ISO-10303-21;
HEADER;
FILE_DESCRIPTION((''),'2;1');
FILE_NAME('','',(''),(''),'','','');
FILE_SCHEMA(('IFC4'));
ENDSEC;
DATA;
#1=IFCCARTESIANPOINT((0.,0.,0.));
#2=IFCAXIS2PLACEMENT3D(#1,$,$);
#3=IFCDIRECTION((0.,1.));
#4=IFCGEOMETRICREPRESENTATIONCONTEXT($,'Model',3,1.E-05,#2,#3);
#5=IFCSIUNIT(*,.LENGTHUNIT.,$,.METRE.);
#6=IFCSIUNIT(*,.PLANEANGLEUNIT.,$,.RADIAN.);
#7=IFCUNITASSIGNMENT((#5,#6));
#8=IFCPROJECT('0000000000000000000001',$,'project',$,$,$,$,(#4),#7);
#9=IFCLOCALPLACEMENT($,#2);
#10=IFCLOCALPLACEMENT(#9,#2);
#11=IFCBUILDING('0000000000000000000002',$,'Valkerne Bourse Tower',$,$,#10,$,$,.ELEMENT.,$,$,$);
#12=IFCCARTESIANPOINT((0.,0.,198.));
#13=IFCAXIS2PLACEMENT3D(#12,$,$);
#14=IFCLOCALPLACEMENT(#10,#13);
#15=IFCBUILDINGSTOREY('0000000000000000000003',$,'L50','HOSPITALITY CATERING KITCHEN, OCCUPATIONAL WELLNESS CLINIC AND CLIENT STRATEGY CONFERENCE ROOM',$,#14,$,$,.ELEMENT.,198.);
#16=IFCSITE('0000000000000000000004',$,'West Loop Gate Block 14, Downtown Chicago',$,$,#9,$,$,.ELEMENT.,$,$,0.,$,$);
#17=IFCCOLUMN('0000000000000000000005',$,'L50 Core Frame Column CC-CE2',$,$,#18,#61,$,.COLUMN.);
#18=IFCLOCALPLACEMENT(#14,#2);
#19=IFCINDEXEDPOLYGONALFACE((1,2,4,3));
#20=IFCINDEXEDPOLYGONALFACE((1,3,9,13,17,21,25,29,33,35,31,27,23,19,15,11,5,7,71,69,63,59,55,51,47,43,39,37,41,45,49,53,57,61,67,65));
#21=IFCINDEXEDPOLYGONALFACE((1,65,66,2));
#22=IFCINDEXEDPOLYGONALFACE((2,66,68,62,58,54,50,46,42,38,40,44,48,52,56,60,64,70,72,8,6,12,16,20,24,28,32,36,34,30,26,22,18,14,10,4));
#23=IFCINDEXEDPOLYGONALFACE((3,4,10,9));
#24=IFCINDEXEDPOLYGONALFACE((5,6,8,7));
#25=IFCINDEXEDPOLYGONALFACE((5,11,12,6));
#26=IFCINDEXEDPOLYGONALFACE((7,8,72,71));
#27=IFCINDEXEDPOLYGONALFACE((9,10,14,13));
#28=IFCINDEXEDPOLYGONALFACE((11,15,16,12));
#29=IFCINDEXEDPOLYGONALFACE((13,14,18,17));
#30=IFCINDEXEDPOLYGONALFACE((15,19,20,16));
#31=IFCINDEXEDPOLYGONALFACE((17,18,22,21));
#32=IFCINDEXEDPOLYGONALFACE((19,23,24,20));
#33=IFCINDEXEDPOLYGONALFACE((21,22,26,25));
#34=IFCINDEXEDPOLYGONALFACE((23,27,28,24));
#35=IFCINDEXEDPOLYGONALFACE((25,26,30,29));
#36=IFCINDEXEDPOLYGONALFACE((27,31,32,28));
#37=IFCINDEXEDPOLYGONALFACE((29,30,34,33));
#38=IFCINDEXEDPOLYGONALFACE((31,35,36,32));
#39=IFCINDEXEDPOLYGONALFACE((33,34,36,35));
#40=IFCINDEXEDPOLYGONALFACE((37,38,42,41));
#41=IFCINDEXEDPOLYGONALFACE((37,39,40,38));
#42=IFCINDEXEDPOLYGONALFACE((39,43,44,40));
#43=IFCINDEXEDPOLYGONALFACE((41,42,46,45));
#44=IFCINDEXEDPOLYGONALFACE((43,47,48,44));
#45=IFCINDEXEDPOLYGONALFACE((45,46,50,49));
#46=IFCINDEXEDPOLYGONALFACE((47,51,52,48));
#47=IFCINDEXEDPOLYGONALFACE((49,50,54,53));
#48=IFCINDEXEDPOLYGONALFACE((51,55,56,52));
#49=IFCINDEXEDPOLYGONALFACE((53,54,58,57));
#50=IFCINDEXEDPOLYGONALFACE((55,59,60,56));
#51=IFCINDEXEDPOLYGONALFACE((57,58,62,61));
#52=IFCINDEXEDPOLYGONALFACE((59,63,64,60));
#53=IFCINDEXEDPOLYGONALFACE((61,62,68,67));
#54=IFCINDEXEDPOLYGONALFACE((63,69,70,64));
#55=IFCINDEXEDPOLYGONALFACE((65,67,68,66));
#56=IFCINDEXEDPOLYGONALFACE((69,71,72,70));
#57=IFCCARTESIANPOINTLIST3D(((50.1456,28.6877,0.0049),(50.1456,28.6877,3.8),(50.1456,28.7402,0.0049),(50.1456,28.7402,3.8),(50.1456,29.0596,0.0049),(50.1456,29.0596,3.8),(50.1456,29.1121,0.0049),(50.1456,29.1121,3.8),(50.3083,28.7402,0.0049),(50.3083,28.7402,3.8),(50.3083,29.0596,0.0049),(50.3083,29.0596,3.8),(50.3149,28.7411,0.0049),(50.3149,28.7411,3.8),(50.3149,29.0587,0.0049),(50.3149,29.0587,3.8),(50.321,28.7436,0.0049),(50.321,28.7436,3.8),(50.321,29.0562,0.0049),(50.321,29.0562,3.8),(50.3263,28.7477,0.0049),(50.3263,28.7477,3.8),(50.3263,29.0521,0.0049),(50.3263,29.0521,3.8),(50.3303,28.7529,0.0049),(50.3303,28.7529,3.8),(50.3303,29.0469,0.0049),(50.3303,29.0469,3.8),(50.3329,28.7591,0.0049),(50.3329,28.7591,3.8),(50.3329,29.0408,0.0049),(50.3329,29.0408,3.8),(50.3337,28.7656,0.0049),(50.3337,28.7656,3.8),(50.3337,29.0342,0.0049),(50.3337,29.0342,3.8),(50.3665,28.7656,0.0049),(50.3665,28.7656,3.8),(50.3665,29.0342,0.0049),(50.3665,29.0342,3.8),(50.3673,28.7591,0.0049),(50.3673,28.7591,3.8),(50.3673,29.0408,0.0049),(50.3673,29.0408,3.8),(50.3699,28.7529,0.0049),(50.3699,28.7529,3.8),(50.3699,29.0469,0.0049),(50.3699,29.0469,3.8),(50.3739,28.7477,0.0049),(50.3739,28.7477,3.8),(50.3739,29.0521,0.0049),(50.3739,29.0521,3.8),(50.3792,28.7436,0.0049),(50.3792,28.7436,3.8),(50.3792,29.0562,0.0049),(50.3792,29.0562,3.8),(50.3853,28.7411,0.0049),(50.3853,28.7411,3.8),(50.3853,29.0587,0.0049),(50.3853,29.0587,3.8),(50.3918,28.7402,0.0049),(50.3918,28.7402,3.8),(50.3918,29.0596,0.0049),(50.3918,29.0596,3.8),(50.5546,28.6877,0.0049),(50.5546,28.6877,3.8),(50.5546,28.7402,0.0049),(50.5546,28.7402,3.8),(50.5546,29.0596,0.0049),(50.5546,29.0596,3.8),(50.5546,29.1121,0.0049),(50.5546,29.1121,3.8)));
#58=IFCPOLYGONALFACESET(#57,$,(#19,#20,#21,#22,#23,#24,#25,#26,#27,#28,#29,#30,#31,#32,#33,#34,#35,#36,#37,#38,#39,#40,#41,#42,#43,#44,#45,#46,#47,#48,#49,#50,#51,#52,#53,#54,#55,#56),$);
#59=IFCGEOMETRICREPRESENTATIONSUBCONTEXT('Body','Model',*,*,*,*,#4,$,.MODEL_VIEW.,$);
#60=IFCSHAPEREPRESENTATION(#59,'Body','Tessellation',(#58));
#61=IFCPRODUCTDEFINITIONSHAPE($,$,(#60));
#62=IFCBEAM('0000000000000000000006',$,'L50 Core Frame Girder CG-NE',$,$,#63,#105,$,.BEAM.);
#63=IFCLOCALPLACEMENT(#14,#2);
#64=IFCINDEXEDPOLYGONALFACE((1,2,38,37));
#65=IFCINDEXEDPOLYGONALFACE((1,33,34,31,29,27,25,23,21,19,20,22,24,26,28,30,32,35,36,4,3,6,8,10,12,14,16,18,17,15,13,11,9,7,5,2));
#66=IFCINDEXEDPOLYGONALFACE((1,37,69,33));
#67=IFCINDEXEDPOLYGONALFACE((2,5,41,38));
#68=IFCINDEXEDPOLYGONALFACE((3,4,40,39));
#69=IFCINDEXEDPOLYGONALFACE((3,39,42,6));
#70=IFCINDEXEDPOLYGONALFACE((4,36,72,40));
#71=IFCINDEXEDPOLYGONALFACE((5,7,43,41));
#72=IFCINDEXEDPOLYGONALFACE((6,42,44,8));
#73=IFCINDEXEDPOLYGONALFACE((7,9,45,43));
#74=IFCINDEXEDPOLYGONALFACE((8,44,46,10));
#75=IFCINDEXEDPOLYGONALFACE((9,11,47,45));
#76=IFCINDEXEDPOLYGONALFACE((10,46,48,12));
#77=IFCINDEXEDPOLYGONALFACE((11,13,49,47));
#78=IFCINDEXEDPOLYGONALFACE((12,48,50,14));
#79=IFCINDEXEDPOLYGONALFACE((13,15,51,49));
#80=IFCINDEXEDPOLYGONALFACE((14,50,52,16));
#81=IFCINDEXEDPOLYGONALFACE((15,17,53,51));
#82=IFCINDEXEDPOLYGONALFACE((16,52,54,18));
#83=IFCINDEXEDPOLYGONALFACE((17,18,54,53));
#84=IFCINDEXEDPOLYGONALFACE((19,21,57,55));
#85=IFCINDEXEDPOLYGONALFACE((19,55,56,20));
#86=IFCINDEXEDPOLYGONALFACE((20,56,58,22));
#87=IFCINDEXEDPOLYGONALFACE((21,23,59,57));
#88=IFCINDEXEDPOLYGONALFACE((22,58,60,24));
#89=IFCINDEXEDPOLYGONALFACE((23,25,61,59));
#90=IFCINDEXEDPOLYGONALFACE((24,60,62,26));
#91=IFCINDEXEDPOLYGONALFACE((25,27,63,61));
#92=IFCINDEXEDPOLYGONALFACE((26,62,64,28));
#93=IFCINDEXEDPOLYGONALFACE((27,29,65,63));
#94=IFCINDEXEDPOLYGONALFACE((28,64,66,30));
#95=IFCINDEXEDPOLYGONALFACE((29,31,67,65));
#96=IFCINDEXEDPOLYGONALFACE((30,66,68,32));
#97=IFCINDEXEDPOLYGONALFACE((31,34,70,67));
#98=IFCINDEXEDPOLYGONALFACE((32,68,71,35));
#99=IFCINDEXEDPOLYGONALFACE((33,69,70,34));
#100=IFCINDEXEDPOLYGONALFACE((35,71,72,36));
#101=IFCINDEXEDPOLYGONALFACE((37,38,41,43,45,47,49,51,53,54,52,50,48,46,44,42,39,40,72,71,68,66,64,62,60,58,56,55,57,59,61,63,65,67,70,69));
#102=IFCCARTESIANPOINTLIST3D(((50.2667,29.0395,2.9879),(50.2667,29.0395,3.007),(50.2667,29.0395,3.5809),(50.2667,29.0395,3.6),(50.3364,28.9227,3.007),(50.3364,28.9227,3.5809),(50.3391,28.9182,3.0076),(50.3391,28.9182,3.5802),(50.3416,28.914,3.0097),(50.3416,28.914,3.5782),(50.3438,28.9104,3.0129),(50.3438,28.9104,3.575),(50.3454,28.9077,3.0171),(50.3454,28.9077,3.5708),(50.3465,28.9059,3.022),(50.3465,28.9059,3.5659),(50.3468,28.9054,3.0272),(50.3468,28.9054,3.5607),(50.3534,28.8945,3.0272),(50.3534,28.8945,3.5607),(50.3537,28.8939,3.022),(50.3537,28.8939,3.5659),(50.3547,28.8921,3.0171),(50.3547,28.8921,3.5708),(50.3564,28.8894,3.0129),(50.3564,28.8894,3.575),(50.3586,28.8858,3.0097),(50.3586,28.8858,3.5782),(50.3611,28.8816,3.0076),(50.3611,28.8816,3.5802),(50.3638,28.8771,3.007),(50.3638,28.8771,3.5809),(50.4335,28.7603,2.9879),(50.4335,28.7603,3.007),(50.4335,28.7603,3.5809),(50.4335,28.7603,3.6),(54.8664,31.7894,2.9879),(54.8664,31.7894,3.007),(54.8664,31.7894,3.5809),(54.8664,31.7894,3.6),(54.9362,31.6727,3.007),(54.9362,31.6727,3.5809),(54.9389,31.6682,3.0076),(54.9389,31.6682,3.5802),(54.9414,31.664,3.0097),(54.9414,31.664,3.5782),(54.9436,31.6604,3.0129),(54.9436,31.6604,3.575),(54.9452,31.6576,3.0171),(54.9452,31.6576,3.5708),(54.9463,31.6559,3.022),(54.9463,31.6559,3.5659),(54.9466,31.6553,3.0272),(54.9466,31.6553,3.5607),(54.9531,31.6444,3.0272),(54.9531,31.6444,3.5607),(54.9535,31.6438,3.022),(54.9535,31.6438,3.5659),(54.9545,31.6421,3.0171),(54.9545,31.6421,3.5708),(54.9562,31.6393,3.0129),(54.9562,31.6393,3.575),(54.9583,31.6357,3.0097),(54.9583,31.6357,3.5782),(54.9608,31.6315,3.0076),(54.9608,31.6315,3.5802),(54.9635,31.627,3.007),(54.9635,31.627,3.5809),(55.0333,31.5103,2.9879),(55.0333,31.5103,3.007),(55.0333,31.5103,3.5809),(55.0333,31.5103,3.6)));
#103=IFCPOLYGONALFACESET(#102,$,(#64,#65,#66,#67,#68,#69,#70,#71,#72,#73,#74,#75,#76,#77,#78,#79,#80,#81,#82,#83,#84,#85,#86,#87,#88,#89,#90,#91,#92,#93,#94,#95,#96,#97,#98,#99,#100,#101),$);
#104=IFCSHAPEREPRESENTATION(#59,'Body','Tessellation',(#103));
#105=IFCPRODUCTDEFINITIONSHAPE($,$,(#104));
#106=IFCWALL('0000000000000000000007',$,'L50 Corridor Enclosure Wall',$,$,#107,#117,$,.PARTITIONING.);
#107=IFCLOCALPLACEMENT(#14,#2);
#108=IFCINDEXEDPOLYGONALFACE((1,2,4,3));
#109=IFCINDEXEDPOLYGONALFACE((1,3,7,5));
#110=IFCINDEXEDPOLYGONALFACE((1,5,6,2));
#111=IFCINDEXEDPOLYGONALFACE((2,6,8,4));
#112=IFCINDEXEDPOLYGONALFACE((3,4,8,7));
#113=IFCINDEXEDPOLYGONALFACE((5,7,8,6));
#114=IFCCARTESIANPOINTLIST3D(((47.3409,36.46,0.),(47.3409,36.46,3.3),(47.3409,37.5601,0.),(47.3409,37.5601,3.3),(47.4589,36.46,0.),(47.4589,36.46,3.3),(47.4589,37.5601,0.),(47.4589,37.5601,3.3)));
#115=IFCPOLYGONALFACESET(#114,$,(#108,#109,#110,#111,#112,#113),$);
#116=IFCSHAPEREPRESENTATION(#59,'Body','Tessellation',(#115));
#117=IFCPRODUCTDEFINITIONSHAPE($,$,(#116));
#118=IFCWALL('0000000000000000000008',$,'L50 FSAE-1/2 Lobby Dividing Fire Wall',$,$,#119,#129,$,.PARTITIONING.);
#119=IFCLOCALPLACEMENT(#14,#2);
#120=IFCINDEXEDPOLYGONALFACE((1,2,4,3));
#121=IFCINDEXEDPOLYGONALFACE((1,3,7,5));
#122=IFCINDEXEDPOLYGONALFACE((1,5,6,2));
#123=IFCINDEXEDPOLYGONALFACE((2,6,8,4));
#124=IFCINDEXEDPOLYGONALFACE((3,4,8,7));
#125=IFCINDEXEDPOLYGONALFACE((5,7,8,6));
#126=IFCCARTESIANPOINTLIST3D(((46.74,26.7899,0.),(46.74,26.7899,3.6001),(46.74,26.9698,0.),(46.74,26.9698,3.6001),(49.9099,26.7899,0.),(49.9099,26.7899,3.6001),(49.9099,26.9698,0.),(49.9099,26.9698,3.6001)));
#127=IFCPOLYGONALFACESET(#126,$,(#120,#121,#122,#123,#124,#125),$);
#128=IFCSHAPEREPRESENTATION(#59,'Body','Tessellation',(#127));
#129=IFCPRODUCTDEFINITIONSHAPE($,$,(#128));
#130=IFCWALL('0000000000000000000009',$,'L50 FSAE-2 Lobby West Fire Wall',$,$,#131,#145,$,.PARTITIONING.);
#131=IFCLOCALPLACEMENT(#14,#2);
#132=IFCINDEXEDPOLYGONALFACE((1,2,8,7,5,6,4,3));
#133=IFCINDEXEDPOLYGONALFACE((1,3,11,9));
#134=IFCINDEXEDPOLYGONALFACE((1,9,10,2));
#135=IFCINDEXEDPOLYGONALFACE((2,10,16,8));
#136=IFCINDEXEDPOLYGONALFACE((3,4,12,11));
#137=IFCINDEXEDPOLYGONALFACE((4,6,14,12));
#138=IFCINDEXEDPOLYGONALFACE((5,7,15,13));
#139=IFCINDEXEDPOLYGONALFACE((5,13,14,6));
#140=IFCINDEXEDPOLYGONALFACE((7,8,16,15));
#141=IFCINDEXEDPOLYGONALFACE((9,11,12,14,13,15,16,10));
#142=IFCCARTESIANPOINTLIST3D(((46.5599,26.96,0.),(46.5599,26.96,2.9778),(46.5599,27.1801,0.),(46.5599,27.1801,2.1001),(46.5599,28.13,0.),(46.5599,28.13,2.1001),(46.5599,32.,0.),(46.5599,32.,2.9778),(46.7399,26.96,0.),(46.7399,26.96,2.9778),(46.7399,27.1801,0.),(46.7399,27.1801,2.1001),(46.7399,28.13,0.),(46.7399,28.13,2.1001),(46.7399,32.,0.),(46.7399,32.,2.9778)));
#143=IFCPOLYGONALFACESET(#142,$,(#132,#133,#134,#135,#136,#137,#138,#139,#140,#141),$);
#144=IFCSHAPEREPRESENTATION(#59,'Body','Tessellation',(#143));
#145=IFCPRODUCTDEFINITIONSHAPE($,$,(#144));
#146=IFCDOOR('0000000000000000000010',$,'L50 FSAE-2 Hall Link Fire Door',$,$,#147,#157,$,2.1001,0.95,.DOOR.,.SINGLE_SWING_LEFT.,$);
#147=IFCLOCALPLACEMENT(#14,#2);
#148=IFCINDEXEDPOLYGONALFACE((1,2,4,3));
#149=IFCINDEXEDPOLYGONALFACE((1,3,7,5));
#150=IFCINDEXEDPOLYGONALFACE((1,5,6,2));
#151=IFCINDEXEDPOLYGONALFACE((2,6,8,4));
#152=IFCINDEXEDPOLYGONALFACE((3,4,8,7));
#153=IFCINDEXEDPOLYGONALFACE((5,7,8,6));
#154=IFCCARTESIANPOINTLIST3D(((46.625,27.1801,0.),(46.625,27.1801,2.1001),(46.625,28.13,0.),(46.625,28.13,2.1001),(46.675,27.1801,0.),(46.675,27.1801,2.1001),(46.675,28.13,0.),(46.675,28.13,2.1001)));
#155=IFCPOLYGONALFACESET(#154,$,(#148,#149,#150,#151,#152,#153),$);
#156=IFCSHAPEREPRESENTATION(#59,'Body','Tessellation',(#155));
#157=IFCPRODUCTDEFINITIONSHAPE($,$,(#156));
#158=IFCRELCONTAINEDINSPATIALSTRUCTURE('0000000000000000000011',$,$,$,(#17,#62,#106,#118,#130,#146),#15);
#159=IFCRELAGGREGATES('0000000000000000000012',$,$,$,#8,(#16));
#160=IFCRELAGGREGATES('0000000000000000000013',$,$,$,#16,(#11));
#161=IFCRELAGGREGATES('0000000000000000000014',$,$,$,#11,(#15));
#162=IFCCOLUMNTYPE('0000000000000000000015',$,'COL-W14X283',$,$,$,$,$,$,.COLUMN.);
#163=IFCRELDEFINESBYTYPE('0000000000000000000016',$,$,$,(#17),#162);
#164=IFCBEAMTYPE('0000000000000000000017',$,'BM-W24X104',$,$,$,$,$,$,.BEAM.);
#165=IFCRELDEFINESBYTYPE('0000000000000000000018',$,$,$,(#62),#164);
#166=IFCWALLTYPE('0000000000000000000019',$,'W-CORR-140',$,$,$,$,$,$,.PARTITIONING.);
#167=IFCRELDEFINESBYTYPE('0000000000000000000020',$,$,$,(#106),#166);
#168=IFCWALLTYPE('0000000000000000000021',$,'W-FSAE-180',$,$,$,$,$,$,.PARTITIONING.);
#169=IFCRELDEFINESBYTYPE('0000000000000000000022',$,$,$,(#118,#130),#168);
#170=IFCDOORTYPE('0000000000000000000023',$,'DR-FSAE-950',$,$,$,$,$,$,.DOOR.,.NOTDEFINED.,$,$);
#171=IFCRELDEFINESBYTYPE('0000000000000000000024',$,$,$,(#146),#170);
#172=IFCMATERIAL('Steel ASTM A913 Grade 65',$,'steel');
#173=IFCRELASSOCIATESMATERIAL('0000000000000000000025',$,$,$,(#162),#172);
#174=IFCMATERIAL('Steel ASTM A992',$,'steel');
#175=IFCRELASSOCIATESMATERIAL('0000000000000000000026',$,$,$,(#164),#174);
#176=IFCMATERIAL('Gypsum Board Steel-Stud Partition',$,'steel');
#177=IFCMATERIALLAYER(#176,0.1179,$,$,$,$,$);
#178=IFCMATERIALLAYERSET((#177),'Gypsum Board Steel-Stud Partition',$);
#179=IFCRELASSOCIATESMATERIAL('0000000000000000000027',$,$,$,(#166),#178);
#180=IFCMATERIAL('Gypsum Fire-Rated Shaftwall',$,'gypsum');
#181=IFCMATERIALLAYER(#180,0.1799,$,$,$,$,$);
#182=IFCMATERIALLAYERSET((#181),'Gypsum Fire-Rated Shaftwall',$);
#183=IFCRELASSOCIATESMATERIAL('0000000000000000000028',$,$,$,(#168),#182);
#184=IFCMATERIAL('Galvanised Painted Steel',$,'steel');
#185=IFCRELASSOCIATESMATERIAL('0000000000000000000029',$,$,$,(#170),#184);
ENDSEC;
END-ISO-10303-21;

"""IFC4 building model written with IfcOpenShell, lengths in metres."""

from ifc_helpers import new_model, si_unit, direction, frame, frame_2d, origin, origin_2d, place, context, subcontext, project, spatial, rectangle, i_section, extrude, material, layer, layer_set, material_profile, profile_set, type_object, element, fill, save


model = new_model("IFC4")

# Units and contexts
model_context = context("Model", 3, precision=1e-05, world=origin(), true_north=direction((0.0, 1.0)))
body_context = subcontext(model_context, "Body", "Model", "MODEL_VIEW")
ifc_project = project(units=[si_unit("LENGTHUNIT", "METRE"), si_unit("PLANEANGLEUNIT", "RADIAN")], contexts=[model_context])

# Site, building, storey
site_placement = place(None, origin())
site = spatial("IfcSite", under=ifc_project, at=site_placement, Name="West Loop Gate Block 14, Downtown Chicago", CompositionType="ELEMENT", RefElevation=0.0)
building_placement = place(site_placement, origin())
building = spatial("IfcBuilding", under=site, at=building_placement, Name="Valkerne Bourse Tower", CompositionType="ELEMENT")
storey_placement = place(building_placement, frame((0.0, 0.0, 198.0)))
storey = spatial("IfcBuildingStorey", under=building, at=storey_placement, Name="L50", Description="HOSPITALITY CATERING KITCHEN, OCCUPATIONAL WELLNESS CLINIC AND CLIENT STRATEGY CONFERENCE ROOM", CompositionType="ELEMENT", Elevation=198.0)

# Column
ifc_material_1 = material(Name="Steel ASTM A913 Grade 65", Category="steel")
ifc_material_profile_1 = material_profile(ifc_material_1, i_section(OverallWidth=0.4089, OverallDepth=0.4243, WebThickness=0.0327, FlangeThickness=0.0525, FilletRadius=0.0254, at=origin_2d()), Name="W14X283")
ifc_profile_set_1 = profile_set([ifc_material_profile_1], Name="Steel ASTM A913 Grade 65")
column_type = type_object("IfcColumnType", Name="COL-W14X283", PredefinedType="COLUMN", material=ifc_profile_set_1)
column_placement = place(storey_placement, frame((50.3501, 28.8999, 0.0049), z_axis=(0.0, 0.0, 1.0), x_axis=(1.0, 0.0, 0.0)))
element("IfcColumn", 1, at=column_placement, inside=storey, type_object=column_type, Name="L50 Core Frame Column CC-CE2", PredefinedType="COLUMN", context=body_context, shape_type="SweptSolid", body=[
    extrude(i_section(OverallWidth=0.4089, OverallDepth=0.4243, WebThickness=0.0327, FlangeThickness=0.0525, FilletRadius=0.0254, at=origin_2d()), origin(), (0.0, 0.0, 1.0), 3.7952),
])

# Beam
ifc_material_2 = material(Name="Steel ASTM A992", Category="steel")
ifc_material_profile_2 = material_profile(ifc_material_2, i_section(OverallWidth=0.3252, OverallDepth=0.6121, WebThickness=0.0127, FlangeThickness=0.019, FilletRadius=0.0203, at=origin_2d()), Name="W24X104")
ifc_profile_set_2 = profile_set([ifc_material_profile_2], Name="Steel ASTM A992")
beam_type = type_object("IfcBeamType", Name="BM-W24X104", PredefinedType="BEAM", material=ifc_profile_set_2)
beam_placement = place(storey_placement, frame((50.3501, 28.8999, 3.2939), z_axis=(0.858308, 0.513135, 0.0), x_axis=(-0.513135, 0.858308, 0.0)))
element("IfcBeam", 2, at=beam_placement, inside=storey, type_object=beam_type, Name="L50 Core Frame Girder CG-NE", PredefinedType="BEAM", context=body_context, shape_type="SweptSolid", body=[
    extrude(i_section(OverallWidth=0.3252, OverallDepth=0.6121, WebThickness=0.0127, FlangeThickness=0.019, FilletRadius=0.0203, at=origin_2d()), origin(), (0.0, 0.0, 1.0), 5.3591),
])

# Walls
ifc_material_3 = material(Name="Gypsum Board Steel-Stud Partition", Category="steel")
ifc_layer_1 = layer(ifc_material_3, 0.1179)
ifc_layer_set_1 = layer_set([ifc_layer_1], Name="Gypsum Board Steel-Stud Partition")
wall_type_1 = type_object("IfcWallType", Name="W-CORR-140", PredefinedType="PARTITIONING", material=ifc_layer_set_1)
wall_1_placement = place(storey_placement, frame((47.3999, 37.5601, 0.0), z_axis=(0.0, 0.0, 1.0), x_axis=(0.0, -1.0, 0.0)))
element("IfcWall", 3, at=wall_1_placement, inside=storey, type_object=wall_type_1, Name="L50 Corridor Enclosure Wall", PredefinedType="PARTITIONING", context=body_context, shape_type="SweptSolid", body=[
    extrude(rectangle(XDim=1.1001, YDim=0.1179, at=frame_2d((0.55, 0.0))), origin(), (0.0, 0.0, 1.0), 3.3),
])
ifc_material_4 = material(Name="Gypsum Fire-Rated Shaftwall", Category="gypsum")
ifc_layer_2 = layer(ifc_material_4, 0.1799)
ifc_layer_set_2 = layer_set([ifc_layer_2], Name="Gypsum Fire-Rated Shaftwall")
wall_type_2 = type_object("IfcWallType", Name="W-FSAE-180", PredefinedType="PARTITIONING", material=ifc_layer_set_2)
wall_2_placement = place(storey_placement, frame((46.74, 26.8799, 0.0), z_axis=(0.0, 0.0, 1.0), x_axis=(1.0, 0.0, 0.0)))
element("IfcWall", 4, at=wall_2_placement, inside=storey, type_object=wall_type_2, Name="L50 FSAE-1/2 Lobby Dividing Fire Wall", PredefinedType="PARTITIONING", context=body_context, shape_type="SweptSolid", body=[
    extrude(rectangle(XDim=3.1699, YDim=0.1799, at=frame_2d((1.585, 0.0))), origin(), (0.0, 0.0, 1.0), 3.6001),
])

# Wall, opening, door
wall_3_placement = place(storey_placement, frame((46.6499, 26.96, 0.0), z_axis=(0.0, 0.0, 1.0), x_axis=(0.0, 1.0, 0.0)))
wall_3 = element("IfcWall", 5, at=wall_3_placement, inside=storey, type_object=wall_type_2, Name="L50 FSAE-2 Lobby West Fire Wall", PredefinedType="PARTITIONING", context=body_context, shape_type="SweptSolid", body=[
    extrude(rectangle(XDim=5.04, YDim=0.1799, at=frame_2d((2.52, 0.0))), origin(), (0.0, 0.0, 1.0), 2.9778),
])
opening_1_placement = place(wall_3_placement, frame((0.22, 0.0, 0.0)))
opening_1 = element("IfcOpeningElement", 6, at=opening_1_placement, cuts=wall_3, PredefinedType="OPENING", context=body_context, shape_type="SweptSolid", body=[
    extrude(rectangle(XDim=0.95, YDim=2.1001, at=frame_2d((0.4751, 1.05))), frame((0.0, 0.0999, 0.0), z_axis=(0.0, -1.0, 0.0), x_axis=(1.0, 0.0, 0.0)), (0.0, 0.0, 1.0), 0.2),
])
ifc_material_5 = material(Name="Galvanised Painted Steel", Category="steel")
door_type_1 = type_object("IfcDoorType", Name="DR-FSAE-950", OperationType="NOTDEFINED", PredefinedType="DOOR", material=ifc_material_5)
door_1_placement = place(opening_1_placement, origin())
door_1 = element("IfcDoor", 7, at=door_1_placement, inside=storey, type_object=door_type_1, Name="L50 FSAE-2 Hall Link Fire Door", OperationType="SINGLE_SWING_LEFT", OverallHeight=2.1001, OverallWidth=0.95, PredefinedType="DOOR", context=body_context, shape_type="SweptSolid", body=[
    extrude(rectangle(XDim=0.95, YDim=2.1001, at=frame_2d((0.4751, 1.05))), frame((0.0, 0.0249, 0.0), z_axis=(0.0, -1.0, 0.0), x_axis=(1.0, 0.0, 0.0)), (0.0, 0.0, 1.0), 0.05),
])
fill(opening_1, door_1)

save(model, "model.ifc")
